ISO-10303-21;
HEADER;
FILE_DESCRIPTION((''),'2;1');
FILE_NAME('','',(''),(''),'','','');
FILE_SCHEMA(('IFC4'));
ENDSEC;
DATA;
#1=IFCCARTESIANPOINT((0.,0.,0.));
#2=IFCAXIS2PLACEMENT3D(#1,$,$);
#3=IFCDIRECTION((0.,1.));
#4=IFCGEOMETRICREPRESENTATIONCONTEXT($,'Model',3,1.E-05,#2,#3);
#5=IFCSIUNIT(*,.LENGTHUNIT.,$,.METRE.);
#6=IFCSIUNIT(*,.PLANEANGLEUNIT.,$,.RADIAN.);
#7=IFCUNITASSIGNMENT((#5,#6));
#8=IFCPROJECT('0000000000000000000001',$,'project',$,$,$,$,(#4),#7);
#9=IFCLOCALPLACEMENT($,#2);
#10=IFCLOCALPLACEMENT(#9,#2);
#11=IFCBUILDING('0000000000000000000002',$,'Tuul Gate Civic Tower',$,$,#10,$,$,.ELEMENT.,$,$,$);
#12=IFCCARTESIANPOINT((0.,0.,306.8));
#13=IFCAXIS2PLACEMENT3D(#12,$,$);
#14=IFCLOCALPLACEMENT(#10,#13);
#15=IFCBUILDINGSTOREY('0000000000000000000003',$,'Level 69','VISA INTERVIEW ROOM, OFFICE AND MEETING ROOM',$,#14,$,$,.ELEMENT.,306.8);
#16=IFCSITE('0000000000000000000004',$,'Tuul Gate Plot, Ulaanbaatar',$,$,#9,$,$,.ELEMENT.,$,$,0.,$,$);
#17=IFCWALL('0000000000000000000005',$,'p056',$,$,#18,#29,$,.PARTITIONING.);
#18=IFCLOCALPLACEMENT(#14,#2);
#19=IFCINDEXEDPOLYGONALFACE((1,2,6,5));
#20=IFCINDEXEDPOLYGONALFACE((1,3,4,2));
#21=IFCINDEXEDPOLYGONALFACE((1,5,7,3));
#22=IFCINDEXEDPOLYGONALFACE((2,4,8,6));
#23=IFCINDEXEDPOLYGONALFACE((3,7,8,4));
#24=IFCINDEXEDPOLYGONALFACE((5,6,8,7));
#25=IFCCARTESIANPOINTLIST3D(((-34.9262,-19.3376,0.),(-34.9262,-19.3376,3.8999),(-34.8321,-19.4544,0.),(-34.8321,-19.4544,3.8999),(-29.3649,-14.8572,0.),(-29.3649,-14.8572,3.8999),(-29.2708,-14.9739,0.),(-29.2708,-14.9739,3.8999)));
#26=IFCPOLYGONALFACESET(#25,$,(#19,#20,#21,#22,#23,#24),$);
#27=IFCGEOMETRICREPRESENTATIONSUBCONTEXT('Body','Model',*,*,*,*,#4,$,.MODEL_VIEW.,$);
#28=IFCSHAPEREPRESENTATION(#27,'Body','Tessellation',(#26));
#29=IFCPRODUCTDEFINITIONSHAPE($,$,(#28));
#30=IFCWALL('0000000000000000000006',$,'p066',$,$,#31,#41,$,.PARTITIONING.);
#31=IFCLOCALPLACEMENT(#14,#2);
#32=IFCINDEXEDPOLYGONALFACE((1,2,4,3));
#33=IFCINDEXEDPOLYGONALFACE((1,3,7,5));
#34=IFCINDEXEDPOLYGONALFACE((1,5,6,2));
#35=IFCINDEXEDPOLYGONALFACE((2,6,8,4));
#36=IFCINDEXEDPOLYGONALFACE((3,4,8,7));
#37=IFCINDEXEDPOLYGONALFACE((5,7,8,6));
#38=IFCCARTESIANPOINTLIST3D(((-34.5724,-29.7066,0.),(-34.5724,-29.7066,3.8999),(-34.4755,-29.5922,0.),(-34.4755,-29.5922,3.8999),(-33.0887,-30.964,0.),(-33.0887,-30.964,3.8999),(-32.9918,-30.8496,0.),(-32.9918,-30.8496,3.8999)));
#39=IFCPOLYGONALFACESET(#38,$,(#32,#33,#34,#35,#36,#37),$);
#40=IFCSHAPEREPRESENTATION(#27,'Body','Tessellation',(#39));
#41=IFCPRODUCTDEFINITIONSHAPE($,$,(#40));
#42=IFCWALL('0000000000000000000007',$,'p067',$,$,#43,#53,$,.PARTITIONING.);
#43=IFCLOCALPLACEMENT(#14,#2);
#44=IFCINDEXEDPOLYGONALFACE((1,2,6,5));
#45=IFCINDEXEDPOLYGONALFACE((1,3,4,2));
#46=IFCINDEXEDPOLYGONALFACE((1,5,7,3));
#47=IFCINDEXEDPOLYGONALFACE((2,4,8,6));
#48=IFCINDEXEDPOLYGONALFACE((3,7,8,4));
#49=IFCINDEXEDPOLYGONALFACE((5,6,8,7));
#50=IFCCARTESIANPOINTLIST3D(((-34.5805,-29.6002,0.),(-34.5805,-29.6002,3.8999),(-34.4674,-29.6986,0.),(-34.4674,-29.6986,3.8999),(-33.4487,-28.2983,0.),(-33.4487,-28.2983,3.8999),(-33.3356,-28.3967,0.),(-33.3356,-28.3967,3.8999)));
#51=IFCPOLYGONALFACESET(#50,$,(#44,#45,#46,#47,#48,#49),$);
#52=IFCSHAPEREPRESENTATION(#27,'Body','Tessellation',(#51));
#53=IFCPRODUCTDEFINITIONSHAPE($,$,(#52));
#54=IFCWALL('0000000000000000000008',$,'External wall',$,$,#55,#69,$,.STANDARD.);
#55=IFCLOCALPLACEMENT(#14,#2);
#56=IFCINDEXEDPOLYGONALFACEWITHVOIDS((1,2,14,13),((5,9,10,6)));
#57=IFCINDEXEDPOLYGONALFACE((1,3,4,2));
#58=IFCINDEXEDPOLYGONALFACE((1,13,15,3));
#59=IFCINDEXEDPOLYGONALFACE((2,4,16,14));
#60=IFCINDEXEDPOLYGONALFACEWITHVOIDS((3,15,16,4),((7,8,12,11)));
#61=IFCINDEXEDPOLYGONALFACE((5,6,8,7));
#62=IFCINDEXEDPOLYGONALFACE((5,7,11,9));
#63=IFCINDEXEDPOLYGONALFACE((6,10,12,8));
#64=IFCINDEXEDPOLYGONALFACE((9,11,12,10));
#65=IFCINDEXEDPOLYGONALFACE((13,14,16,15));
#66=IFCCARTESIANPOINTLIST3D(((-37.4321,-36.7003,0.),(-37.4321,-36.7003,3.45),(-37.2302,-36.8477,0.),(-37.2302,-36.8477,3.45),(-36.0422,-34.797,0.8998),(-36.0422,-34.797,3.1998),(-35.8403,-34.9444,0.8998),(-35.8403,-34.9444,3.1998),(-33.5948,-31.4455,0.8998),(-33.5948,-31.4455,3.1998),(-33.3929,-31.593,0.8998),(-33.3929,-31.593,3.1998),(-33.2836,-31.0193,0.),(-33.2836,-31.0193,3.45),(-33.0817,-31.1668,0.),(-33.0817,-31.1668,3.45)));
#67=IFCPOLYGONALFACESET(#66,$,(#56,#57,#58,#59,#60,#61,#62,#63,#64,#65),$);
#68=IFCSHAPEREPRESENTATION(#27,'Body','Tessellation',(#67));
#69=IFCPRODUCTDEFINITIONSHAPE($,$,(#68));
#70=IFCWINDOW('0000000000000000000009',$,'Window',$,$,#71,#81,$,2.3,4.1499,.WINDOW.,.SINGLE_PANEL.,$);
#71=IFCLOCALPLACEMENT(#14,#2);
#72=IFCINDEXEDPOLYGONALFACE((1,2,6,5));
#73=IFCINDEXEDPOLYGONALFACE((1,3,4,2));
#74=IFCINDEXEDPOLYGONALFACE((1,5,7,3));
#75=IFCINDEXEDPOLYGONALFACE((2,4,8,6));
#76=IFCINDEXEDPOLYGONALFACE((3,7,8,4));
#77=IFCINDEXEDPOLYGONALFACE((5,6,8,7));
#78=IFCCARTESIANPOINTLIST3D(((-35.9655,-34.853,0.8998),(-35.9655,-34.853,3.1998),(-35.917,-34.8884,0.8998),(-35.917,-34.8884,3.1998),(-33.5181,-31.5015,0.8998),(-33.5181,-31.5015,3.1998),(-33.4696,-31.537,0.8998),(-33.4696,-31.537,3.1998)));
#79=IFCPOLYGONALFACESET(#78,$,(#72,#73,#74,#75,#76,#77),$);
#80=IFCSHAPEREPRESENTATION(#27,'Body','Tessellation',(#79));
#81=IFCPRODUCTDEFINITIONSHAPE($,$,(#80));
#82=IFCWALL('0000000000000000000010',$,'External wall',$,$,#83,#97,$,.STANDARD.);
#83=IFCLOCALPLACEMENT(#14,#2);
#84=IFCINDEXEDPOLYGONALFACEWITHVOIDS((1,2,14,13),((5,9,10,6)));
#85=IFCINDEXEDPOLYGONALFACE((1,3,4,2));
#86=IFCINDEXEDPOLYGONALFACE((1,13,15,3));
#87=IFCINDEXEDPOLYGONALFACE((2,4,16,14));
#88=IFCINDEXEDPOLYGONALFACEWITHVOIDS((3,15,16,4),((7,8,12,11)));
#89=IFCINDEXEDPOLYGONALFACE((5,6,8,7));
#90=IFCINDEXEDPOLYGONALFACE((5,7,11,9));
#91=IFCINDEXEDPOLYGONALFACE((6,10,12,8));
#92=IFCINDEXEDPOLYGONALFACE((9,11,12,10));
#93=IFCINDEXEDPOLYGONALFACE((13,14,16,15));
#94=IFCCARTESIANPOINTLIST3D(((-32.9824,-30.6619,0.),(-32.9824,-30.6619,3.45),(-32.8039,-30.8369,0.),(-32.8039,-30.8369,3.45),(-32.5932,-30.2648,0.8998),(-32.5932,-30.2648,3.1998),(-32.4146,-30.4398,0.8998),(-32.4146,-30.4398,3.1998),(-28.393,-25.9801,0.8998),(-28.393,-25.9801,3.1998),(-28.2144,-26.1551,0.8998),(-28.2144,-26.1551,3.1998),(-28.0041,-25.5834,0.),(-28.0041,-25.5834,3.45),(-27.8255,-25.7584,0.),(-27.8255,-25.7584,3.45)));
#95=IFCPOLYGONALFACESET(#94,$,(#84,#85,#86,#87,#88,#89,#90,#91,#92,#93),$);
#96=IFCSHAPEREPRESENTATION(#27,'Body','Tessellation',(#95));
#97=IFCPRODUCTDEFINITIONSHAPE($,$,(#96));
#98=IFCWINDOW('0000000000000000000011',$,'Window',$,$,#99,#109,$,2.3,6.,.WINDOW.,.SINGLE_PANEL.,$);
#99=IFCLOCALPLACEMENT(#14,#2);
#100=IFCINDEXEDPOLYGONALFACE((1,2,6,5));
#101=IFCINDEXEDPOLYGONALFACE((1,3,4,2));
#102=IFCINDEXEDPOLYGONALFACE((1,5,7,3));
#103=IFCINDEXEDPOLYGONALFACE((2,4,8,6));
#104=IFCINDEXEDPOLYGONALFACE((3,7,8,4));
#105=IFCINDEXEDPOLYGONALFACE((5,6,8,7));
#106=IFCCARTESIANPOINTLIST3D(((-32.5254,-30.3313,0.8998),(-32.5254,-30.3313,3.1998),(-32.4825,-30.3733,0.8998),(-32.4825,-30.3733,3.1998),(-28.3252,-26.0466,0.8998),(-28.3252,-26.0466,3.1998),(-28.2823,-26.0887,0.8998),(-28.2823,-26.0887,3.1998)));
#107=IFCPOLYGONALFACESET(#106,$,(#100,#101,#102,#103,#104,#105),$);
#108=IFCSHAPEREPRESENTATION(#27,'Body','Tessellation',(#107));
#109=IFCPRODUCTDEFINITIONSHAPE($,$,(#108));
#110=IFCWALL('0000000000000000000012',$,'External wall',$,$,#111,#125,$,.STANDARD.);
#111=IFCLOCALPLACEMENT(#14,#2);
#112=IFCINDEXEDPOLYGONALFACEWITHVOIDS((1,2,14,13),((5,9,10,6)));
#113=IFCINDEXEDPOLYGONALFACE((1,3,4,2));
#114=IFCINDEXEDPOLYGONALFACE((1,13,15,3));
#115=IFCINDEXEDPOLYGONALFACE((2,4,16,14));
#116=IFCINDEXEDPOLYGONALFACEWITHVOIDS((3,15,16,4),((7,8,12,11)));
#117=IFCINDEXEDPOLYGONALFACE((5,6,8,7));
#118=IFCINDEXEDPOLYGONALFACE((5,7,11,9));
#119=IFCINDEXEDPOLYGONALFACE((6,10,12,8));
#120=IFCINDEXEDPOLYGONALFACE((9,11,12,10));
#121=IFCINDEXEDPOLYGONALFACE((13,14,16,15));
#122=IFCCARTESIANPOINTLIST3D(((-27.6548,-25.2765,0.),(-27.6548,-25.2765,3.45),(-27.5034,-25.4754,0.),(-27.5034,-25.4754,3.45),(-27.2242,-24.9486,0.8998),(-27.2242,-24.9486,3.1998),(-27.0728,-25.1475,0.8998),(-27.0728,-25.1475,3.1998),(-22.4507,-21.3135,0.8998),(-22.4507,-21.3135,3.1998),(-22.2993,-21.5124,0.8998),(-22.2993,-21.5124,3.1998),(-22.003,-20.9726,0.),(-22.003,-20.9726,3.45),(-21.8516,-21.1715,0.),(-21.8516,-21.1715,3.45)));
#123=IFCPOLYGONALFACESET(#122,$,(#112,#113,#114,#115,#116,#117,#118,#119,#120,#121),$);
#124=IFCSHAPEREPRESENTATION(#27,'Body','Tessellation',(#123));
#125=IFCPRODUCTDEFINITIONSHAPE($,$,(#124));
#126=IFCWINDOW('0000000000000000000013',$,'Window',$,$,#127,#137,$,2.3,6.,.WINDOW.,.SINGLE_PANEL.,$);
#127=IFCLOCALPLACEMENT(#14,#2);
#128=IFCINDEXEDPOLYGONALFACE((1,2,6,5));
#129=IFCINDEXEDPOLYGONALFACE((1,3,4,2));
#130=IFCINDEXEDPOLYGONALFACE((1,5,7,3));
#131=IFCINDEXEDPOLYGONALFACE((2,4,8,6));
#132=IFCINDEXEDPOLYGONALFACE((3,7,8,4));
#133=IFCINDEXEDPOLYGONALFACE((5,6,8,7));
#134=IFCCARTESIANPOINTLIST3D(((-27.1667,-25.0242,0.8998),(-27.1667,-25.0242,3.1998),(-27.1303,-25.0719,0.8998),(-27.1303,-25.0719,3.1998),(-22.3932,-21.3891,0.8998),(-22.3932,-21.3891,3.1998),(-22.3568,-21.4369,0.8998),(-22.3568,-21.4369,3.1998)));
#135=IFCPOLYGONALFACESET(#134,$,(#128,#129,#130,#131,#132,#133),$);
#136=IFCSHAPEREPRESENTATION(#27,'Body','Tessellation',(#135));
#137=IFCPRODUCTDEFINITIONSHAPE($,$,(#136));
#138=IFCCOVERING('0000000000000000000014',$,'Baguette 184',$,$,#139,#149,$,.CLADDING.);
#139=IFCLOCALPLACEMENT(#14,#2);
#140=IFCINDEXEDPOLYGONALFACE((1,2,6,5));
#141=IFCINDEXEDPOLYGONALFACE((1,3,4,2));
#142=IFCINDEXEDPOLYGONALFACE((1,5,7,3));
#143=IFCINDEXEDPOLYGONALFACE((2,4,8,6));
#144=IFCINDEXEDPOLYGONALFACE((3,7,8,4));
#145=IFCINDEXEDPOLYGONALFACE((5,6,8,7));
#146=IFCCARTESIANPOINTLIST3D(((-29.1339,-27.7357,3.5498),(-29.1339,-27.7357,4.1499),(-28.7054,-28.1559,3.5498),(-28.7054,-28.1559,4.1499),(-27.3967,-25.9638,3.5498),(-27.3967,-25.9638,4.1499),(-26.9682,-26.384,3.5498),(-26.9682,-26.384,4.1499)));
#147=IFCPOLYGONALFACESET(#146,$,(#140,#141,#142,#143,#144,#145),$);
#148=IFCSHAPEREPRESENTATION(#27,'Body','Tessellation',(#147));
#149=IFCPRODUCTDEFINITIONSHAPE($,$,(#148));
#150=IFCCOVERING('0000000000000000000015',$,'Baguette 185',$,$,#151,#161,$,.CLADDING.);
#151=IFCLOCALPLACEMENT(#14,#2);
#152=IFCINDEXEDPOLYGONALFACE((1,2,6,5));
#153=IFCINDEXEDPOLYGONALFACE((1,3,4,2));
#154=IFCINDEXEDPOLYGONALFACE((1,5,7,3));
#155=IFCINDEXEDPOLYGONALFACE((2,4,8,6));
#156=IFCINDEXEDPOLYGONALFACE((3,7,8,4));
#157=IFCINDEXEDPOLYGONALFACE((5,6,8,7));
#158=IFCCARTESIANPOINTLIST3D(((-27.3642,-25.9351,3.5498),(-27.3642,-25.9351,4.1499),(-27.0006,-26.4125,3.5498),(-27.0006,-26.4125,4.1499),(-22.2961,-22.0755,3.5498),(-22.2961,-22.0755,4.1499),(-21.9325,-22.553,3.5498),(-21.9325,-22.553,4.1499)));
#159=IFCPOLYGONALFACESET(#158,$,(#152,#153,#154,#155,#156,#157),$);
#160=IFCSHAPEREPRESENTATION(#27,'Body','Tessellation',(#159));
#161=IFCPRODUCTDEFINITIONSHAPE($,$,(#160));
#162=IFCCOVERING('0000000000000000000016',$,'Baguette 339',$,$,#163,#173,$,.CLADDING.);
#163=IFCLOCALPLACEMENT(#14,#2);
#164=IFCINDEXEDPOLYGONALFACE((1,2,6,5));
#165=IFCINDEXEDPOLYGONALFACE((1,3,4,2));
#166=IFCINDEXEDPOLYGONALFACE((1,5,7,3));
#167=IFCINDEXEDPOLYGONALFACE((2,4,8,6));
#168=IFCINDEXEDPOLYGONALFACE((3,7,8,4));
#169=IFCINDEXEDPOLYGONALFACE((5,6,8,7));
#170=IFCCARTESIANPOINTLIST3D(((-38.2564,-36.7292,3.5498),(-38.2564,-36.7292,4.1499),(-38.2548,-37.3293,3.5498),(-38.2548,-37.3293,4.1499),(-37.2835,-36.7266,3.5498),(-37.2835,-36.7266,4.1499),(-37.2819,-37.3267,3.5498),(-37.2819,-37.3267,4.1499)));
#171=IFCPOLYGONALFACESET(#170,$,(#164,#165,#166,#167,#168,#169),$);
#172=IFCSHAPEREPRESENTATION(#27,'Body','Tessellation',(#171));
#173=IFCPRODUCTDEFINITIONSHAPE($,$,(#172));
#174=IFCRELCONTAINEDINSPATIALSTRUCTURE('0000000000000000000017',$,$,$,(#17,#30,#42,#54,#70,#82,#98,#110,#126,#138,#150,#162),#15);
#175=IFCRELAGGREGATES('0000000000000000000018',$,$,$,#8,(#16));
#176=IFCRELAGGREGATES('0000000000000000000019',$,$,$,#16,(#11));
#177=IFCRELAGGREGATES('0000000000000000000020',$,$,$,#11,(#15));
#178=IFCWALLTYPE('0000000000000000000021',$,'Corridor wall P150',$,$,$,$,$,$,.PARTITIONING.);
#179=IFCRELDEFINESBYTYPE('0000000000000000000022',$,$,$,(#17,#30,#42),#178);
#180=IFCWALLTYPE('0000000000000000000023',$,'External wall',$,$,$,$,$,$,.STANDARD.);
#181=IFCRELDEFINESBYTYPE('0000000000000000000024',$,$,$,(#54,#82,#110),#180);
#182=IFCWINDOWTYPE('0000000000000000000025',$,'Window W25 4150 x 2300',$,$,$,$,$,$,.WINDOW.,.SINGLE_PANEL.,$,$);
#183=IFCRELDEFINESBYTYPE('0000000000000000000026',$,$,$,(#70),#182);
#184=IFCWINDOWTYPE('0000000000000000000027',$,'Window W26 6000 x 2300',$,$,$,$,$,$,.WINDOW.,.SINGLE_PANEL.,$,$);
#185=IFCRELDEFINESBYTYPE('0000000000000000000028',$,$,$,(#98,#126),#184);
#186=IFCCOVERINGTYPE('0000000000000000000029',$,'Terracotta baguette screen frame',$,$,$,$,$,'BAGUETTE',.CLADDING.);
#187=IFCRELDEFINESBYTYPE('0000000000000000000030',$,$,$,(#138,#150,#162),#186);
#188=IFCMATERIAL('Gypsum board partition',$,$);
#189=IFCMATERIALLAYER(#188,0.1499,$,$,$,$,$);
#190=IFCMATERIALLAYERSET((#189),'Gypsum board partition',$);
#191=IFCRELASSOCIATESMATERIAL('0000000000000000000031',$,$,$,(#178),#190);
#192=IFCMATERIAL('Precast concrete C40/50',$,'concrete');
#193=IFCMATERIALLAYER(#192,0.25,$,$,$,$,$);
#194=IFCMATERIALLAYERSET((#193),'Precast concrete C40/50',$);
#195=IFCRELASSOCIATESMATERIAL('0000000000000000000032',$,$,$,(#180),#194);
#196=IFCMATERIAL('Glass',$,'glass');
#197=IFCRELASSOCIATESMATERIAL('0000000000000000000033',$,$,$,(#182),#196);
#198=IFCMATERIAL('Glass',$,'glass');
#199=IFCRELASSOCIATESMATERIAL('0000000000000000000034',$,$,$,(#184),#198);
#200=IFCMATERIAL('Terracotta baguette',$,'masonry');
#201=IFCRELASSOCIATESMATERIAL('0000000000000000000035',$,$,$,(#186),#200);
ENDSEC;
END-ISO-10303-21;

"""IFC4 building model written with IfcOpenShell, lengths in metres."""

from ifc_helpers import new_model, si_unit, direction, frame, frame_2d, origin, origin_2d, place, context, subcontext, project, spatial, rectangle, extrude, material, layer, layer_set, material_profile, profile_set, type_object, element, fill, save


model = new_model("IFC4")

# Units and contexts
model_context = context("Model", 3, precision=1e-05, world=origin(), true_north=direction((0.0, 1.0)))
body_context = subcontext(model_context, "Body", "Model", "MODEL_VIEW")
ifc_project = project(units=[si_unit("LENGTHUNIT", "METRE"), si_unit("PLANEANGLEUNIT", "RADIAN")], contexts=[model_context])

# Site, building, storey
site_placement = place(None, origin())
site = spatial("IfcSite", under=ifc_project, at=site_placement, Name="Tuul Gate Plot, Ulaanbaatar", CompositionType="ELEMENT", RefElevation=0.0)
building_placement = place(site_placement, origin())
building = spatial("IfcBuilding", under=site, at=building_placement, Name="Tuul Gate Civic Tower", CompositionType="ELEMENT")
storey_placement = place(building_placement, frame((0.0, 0.0, 306.8)))
storey = spatial("IfcBuildingStorey", under=building, at=storey_placement, Name="Level 69", Description="VISA INTERVIEW ROOM, OFFICE AND MEETING ROOM", CompositionType="ELEMENT", Elevation=306.8)

# Walls
ifc_material_1 = material(Name="Gypsum board partition")
ifc_layer_1 = layer(ifc_material_1, 0.1499)
ifc_layer_set_1 = layer_set([ifc_layer_1], Name="Gypsum board partition")
wall_type_1 = type_object("IfcWallType", Name="Corridor wall P150", PredefinedType="PARTITIONING", material=ifc_layer_set_1)
wall_1_placement = place(storey_placement, frame((-34.8792, -19.396, 0.0), z_axis=(0.0, 0.0, 1.0), x_axis=(0.778716, 0.627376, 0.0)))
element("IfcWall", 1, at=wall_1_placement, inside=storey, type_object=wall_type_1, Name="p056", PredefinedType="PARTITIONING", context=body_context, shape_type="SweptSolid", body=[
    extrude(rectangle(XDim=7.1416, YDim=0.1499, at=frame_2d((3.5708, 0.0))), origin(), (0.0, 0.0, 1.0), 3.8999),
])
wall_2_placement = place(storey_placement, frame((-34.5239, -29.6494, 0.0), z_axis=(0.0, 0.0, 1.0), x_axis=(0.762896, -0.646522, 0.0)))
element("IfcWall", 2, at=wall_2_placement, inside=storey, type_object=wall_type_1, Name="p066", PredefinedType="PARTITIONING", context=body_context, shape_type="SweptSolid", body=[
    extrude(rectangle(XDim=1.9448, YDim=0.1499, at=frame_2d((0.9724, 0.0))), origin(), (0.0, 0.0, 1.0), 3.8999),
])
wall_3_placement = place(storey_placement, frame((-34.5239, -29.6494, 0.0), z_axis=(0.0, 0.0, 1.0), x_axis=(0.656067, 0.754703, 0.0)))
element("IfcWall", 3, at=wall_3_placement, inside=storey, type_object=wall_type_1, Name="p067", PredefinedType="PARTITIONING", context=body_context, shape_type="SweptSolid", body=[
    extrude(rectangle(XDim=1.7251, YDim=0.1499, at=frame_2d((0.8625, 0.0))), origin(), (0.0, 0.0, 1.0), 3.8999),
])

# Walls, openings, windows
ifc_material_2 = material(Name="Precast concrete C40/50", Category="concrete")
ifc_layer_2 = layer(ifc_material_2, 0.25)
ifc_layer_set_2 = layer_set([ifc_layer_2], Name="Precast concrete C40/50")
wall_type_2 = type_object("IfcWallType", Name="External wall", PredefinedType="STANDARD", material=ifc_layer_set_2)
wall_4_placement = place(storey_placement, frame((-37.3311, -36.7739, 0.0), z_axis=(0.0, 0.0, 1.0), x_axis=(0.589739, 0.807594, 0.0)))
wall_4 = element("IfcWall", 4, at=wall_4_placement, inside=storey, type_object=wall_type_2, Name="External wall", PredefinedType="STANDARD", context=body_context, shape_type="SweptSolid", body=[
    extrude(rectangle(XDim=7.0344, YDim=0.25, at=frame_2d((3.5171, 0.0))), origin(), (0.0, 0.0, 1.0), 3.45),
])
opening_1_placement = place(wall_4_placement, frame((2.3567, 0.0, 0.8999)))
opening_1 = element("IfcOpeningElement", 5, at=opening_1_placement, cuts=wall_4, PredefinedType="OPENING", context=body_context, shape_type="SweptSolid", body=[
    extrude(rectangle(XDim=4.1499, YDim=2.3, at=frame_2d((2.075, 1.1499))), frame((0.0, 0.135, 0.0), z_axis=(0.0, -1.0, 0.0), x_axis=(1.0, 0.0, 0.0)), (0.0, 0.0, 1.0), 0.27),
])
ifc_material_3 = material(Name="Glass", Category="glass")
window_type_1 = type_object("IfcWindowType", Name="Window W25 4150 x 2300", PartitioningType="SINGLE_PANEL", PredefinedType="WINDOW", material=ifc_material_3)
window_1_placement = place(opening_1_placement, origin())
window_1 = element("IfcWindow", 6, at=window_1_placement, inside=storey, type_object=window_type_1, Name="Window", OverallHeight=2.3, OverallWidth=4.1499, PartitioningType="SINGLE_PANEL", PredefinedType="WINDOW", context=body_context, shape_type="SweptSolid", body=[
    extrude(rectangle(XDim=4.1499, YDim=2.3, at=frame_2d((2.075, 1.1499))), frame((0.0, 0.03, 0.0), z_axis=(0.0, -1.0, 0.0), x_axis=(1.0, 0.0, 0.0)), (0.0, 0.0, 1.0), 0.0601),
])
fill(opening_1, window_1)
wall_5_placement = place(storey_placement, frame((-32.8931, -30.7493, 0.0), z_axis=(0.0, 0.0, 1.0), x_axis=(0.700034, 0.71411, 0.0)))
wall_5 = element("IfcWall", 7, at=wall_5_placement, inside=storey, type_object=wall_type_2, Name="External wall", PredefinedType="STANDARD", context=body_context, shape_type="SweptSolid", body=[
    extrude(rectangle(XDim=7.1116, YDim=0.25, at=frame_2d((3.5557, 0.0))), origin(), (0.0, 0.0, 1.0), 3.45),
])
opening_2_placement = place(wall_5_placement, frame((0.5559, 0.0, 0.8999)))
opening_2 = element("IfcOpeningElement", 8, at=opening_2_placement, cuts=wall_5, PredefinedType="OPENING", context=body_context, shape_type="SweptSolid", body=[
    extrude(rectangle(XDim=6.0, YDim=2.3, at=frame_2d((3.0, 1.1499))), frame((0.0, 0.135, 0.0), z_axis=(0.0, -1.0, 0.0), x_axis=(1.0, 0.0, 0.0)), (0.0, 0.0, 1.0), 0.27),
])
ifc_material_4 = material(Name="Glass", Category="glass")
window_type_2 = type_object("IfcWindowType", Name="Window W26 6000 x 2300", PartitioningType="SINGLE_PANEL", PredefinedType="WINDOW", material=ifc_material_4)
window_2_placement = place(opening_2_placement, origin())
window_2 = element("IfcWindow", 9, at=window_2_placement, inside=storey, type_object=window_type_2, Name="Window", OverallHeight=2.3, OverallWidth=6.0, PartitioningType="SINGLE_PANEL", PredefinedType="WINDOW", context=body_context, shape_type="SweptSolid", body=[
    extrude(rectangle(XDim=6.0, YDim=2.3, at=frame_2d((3.0, 1.1499))), frame((0.0, 0.03, 0.0), z_axis=(0.0, -1.0, 0.0), x_axis=(1.0, 0.0, 0.0)), (0.0, 0.0, 1.0), 0.0601),
])
fill(opening_2, window_2)
wall_6_placement = place(storey_placement, frame((-27.5791, -25.376, 0.0), z_axis=(0.0, 0.0, 1.0), x_axis=(0.795582, 0.605845, 0.0)))
wall_6 = element("IfcWall", 10, at=wall_6_placement, inside=storey, type_object=wall_type_2, Name="External wall", PredefinedType="STANDARD", context=body_context, shape_type="SweptSolid", body=[
    extrude(rectangle(XDim=7.104, YDim=0.25, at=frame_2d((3.552, 0.0))), origin(), (0.0, 0.0, 1.0), 3.45),
])
opening_3_placement = place(wall_6_placement, frame((0.5413, 0.0, 0.8999)))
opening_3 = element("IfcOpeningElement", 11, at=opening_3_placement, cuts=wall_6, PredefinedType="OPENING", context=body_context, shape_type="SweptSolid", body=[
    extrude(rectangle(XDim=6.0, YDim=2.3, at=frame_2d((3.0, 1.1499))), frame((0.0, 0.135, 0.0), z_axis=(0.0, -1.0, 0.0), x_axis=(1.0, 0.0, 0.0)), (0.0, 0.0, 1.0), 0.27),
])
window_3_placement = place(opening_3_placement, origin())
window_3 = element("IfcWindow", 12, at=window_3_placement, inside=storey, type_object=window_type_2, Name="Window", OverallHeight=2.3, OverallWidth=6.0, PartitioningType="SINGLE_PANEL", PredefinedType="WINDOW", context=body_context, shape_type="SweptSolid", body=[
    extrude(rectangle(XDim=6.0, YDim=2.3, at=frame_2d((3.0, 1.1499))), frame((0.0, 0.03, 0.0), z_axis=(0.0, -1.0, 0.0), x_axis=(1.0, 0.0, 0.0)), (0.0, 0.0, 1.0), 0.0601),
])
fill(opening_3, window_3)

# Coverings
ifc_material_5 = material(Name="Terracotta baguette", Category="masonry")
ifc_material_profile_1 = material_profile(ifc_material_5, rectangle(XDim=0.6001, YDim=0.6001, at=origin_2d()), Name="Terracotta baguette screen frame")
ifc_profile_set_1 = profile_set([ifc_material_profile_1], Name="Terracotta baguette")
covering_type = type_object("IfcCoveringType", Name="Terracotta baguette screen frame", ElementType="BAGUETTE", PredefinedType="CLADDING", material=ifc_profile_set_1)
covering_1_placement = place(storey_placement, frame((-28.9197, -27.9458, 3.8499), z_axis=(0.700087, 0.714057, 0.0), x_axis=(-0.714057, 0.700087, 0.0)))
element("IfcCovering", 13, at=covering_1_placement, inside=storey, type_object=covering_type, Name="Baguette 184", PredefinedType="CLADDING", context=body_context, shape_type="SweptSolid", body=[
    extrude(rectangle(XDim=0.6001, YDim=0.6001, at=origin_2d()), origin(), (0.0, 0.0, 1.0), 2.4814),
])
covering_2_placement = place(storey_placement, frame((-27.1824, -26.1738, 3.8499), z_axis=(0.795568, 0.605864, 0.0), x_axis=(-0.605864, 0.795568, 0.0)))
element("IfcCovering", 14, at=covering_2_placement, inside=storey, type_object=covering_type, Name="Baguette 185", PredefinedType="CLADDING", context=body_context, shape_type="SweptSolid", body=[
    extrude(rectangle(XDim=0.6001, YDim=0.6001, at=origin_2d()), origin(), (0.0, 0.0, 1.0), 6.3704),
])
covering_3_placement = place(storey_placement, frame((-38.2556, -37.0293, 3.8499), z_axis=(0.999996, 0.00276, 0.0), x_axis=(-0.00276, 0.999996, 0.0)))
element("IfcCovering", 15, at=covering_3_placement, inside=storey, type_object=covering_type, Name="Baguette 339", PredefinedType="CLADDING", context=body_context, shape_type="SweptSolid", body=[
    extrude(rectangle(XDim=0.6001, YDim=0.6001, at=origin_2d()), origin(), (0.0, 0.0, 1.0), 0.9729),
])

save(model, "model.ifc")
